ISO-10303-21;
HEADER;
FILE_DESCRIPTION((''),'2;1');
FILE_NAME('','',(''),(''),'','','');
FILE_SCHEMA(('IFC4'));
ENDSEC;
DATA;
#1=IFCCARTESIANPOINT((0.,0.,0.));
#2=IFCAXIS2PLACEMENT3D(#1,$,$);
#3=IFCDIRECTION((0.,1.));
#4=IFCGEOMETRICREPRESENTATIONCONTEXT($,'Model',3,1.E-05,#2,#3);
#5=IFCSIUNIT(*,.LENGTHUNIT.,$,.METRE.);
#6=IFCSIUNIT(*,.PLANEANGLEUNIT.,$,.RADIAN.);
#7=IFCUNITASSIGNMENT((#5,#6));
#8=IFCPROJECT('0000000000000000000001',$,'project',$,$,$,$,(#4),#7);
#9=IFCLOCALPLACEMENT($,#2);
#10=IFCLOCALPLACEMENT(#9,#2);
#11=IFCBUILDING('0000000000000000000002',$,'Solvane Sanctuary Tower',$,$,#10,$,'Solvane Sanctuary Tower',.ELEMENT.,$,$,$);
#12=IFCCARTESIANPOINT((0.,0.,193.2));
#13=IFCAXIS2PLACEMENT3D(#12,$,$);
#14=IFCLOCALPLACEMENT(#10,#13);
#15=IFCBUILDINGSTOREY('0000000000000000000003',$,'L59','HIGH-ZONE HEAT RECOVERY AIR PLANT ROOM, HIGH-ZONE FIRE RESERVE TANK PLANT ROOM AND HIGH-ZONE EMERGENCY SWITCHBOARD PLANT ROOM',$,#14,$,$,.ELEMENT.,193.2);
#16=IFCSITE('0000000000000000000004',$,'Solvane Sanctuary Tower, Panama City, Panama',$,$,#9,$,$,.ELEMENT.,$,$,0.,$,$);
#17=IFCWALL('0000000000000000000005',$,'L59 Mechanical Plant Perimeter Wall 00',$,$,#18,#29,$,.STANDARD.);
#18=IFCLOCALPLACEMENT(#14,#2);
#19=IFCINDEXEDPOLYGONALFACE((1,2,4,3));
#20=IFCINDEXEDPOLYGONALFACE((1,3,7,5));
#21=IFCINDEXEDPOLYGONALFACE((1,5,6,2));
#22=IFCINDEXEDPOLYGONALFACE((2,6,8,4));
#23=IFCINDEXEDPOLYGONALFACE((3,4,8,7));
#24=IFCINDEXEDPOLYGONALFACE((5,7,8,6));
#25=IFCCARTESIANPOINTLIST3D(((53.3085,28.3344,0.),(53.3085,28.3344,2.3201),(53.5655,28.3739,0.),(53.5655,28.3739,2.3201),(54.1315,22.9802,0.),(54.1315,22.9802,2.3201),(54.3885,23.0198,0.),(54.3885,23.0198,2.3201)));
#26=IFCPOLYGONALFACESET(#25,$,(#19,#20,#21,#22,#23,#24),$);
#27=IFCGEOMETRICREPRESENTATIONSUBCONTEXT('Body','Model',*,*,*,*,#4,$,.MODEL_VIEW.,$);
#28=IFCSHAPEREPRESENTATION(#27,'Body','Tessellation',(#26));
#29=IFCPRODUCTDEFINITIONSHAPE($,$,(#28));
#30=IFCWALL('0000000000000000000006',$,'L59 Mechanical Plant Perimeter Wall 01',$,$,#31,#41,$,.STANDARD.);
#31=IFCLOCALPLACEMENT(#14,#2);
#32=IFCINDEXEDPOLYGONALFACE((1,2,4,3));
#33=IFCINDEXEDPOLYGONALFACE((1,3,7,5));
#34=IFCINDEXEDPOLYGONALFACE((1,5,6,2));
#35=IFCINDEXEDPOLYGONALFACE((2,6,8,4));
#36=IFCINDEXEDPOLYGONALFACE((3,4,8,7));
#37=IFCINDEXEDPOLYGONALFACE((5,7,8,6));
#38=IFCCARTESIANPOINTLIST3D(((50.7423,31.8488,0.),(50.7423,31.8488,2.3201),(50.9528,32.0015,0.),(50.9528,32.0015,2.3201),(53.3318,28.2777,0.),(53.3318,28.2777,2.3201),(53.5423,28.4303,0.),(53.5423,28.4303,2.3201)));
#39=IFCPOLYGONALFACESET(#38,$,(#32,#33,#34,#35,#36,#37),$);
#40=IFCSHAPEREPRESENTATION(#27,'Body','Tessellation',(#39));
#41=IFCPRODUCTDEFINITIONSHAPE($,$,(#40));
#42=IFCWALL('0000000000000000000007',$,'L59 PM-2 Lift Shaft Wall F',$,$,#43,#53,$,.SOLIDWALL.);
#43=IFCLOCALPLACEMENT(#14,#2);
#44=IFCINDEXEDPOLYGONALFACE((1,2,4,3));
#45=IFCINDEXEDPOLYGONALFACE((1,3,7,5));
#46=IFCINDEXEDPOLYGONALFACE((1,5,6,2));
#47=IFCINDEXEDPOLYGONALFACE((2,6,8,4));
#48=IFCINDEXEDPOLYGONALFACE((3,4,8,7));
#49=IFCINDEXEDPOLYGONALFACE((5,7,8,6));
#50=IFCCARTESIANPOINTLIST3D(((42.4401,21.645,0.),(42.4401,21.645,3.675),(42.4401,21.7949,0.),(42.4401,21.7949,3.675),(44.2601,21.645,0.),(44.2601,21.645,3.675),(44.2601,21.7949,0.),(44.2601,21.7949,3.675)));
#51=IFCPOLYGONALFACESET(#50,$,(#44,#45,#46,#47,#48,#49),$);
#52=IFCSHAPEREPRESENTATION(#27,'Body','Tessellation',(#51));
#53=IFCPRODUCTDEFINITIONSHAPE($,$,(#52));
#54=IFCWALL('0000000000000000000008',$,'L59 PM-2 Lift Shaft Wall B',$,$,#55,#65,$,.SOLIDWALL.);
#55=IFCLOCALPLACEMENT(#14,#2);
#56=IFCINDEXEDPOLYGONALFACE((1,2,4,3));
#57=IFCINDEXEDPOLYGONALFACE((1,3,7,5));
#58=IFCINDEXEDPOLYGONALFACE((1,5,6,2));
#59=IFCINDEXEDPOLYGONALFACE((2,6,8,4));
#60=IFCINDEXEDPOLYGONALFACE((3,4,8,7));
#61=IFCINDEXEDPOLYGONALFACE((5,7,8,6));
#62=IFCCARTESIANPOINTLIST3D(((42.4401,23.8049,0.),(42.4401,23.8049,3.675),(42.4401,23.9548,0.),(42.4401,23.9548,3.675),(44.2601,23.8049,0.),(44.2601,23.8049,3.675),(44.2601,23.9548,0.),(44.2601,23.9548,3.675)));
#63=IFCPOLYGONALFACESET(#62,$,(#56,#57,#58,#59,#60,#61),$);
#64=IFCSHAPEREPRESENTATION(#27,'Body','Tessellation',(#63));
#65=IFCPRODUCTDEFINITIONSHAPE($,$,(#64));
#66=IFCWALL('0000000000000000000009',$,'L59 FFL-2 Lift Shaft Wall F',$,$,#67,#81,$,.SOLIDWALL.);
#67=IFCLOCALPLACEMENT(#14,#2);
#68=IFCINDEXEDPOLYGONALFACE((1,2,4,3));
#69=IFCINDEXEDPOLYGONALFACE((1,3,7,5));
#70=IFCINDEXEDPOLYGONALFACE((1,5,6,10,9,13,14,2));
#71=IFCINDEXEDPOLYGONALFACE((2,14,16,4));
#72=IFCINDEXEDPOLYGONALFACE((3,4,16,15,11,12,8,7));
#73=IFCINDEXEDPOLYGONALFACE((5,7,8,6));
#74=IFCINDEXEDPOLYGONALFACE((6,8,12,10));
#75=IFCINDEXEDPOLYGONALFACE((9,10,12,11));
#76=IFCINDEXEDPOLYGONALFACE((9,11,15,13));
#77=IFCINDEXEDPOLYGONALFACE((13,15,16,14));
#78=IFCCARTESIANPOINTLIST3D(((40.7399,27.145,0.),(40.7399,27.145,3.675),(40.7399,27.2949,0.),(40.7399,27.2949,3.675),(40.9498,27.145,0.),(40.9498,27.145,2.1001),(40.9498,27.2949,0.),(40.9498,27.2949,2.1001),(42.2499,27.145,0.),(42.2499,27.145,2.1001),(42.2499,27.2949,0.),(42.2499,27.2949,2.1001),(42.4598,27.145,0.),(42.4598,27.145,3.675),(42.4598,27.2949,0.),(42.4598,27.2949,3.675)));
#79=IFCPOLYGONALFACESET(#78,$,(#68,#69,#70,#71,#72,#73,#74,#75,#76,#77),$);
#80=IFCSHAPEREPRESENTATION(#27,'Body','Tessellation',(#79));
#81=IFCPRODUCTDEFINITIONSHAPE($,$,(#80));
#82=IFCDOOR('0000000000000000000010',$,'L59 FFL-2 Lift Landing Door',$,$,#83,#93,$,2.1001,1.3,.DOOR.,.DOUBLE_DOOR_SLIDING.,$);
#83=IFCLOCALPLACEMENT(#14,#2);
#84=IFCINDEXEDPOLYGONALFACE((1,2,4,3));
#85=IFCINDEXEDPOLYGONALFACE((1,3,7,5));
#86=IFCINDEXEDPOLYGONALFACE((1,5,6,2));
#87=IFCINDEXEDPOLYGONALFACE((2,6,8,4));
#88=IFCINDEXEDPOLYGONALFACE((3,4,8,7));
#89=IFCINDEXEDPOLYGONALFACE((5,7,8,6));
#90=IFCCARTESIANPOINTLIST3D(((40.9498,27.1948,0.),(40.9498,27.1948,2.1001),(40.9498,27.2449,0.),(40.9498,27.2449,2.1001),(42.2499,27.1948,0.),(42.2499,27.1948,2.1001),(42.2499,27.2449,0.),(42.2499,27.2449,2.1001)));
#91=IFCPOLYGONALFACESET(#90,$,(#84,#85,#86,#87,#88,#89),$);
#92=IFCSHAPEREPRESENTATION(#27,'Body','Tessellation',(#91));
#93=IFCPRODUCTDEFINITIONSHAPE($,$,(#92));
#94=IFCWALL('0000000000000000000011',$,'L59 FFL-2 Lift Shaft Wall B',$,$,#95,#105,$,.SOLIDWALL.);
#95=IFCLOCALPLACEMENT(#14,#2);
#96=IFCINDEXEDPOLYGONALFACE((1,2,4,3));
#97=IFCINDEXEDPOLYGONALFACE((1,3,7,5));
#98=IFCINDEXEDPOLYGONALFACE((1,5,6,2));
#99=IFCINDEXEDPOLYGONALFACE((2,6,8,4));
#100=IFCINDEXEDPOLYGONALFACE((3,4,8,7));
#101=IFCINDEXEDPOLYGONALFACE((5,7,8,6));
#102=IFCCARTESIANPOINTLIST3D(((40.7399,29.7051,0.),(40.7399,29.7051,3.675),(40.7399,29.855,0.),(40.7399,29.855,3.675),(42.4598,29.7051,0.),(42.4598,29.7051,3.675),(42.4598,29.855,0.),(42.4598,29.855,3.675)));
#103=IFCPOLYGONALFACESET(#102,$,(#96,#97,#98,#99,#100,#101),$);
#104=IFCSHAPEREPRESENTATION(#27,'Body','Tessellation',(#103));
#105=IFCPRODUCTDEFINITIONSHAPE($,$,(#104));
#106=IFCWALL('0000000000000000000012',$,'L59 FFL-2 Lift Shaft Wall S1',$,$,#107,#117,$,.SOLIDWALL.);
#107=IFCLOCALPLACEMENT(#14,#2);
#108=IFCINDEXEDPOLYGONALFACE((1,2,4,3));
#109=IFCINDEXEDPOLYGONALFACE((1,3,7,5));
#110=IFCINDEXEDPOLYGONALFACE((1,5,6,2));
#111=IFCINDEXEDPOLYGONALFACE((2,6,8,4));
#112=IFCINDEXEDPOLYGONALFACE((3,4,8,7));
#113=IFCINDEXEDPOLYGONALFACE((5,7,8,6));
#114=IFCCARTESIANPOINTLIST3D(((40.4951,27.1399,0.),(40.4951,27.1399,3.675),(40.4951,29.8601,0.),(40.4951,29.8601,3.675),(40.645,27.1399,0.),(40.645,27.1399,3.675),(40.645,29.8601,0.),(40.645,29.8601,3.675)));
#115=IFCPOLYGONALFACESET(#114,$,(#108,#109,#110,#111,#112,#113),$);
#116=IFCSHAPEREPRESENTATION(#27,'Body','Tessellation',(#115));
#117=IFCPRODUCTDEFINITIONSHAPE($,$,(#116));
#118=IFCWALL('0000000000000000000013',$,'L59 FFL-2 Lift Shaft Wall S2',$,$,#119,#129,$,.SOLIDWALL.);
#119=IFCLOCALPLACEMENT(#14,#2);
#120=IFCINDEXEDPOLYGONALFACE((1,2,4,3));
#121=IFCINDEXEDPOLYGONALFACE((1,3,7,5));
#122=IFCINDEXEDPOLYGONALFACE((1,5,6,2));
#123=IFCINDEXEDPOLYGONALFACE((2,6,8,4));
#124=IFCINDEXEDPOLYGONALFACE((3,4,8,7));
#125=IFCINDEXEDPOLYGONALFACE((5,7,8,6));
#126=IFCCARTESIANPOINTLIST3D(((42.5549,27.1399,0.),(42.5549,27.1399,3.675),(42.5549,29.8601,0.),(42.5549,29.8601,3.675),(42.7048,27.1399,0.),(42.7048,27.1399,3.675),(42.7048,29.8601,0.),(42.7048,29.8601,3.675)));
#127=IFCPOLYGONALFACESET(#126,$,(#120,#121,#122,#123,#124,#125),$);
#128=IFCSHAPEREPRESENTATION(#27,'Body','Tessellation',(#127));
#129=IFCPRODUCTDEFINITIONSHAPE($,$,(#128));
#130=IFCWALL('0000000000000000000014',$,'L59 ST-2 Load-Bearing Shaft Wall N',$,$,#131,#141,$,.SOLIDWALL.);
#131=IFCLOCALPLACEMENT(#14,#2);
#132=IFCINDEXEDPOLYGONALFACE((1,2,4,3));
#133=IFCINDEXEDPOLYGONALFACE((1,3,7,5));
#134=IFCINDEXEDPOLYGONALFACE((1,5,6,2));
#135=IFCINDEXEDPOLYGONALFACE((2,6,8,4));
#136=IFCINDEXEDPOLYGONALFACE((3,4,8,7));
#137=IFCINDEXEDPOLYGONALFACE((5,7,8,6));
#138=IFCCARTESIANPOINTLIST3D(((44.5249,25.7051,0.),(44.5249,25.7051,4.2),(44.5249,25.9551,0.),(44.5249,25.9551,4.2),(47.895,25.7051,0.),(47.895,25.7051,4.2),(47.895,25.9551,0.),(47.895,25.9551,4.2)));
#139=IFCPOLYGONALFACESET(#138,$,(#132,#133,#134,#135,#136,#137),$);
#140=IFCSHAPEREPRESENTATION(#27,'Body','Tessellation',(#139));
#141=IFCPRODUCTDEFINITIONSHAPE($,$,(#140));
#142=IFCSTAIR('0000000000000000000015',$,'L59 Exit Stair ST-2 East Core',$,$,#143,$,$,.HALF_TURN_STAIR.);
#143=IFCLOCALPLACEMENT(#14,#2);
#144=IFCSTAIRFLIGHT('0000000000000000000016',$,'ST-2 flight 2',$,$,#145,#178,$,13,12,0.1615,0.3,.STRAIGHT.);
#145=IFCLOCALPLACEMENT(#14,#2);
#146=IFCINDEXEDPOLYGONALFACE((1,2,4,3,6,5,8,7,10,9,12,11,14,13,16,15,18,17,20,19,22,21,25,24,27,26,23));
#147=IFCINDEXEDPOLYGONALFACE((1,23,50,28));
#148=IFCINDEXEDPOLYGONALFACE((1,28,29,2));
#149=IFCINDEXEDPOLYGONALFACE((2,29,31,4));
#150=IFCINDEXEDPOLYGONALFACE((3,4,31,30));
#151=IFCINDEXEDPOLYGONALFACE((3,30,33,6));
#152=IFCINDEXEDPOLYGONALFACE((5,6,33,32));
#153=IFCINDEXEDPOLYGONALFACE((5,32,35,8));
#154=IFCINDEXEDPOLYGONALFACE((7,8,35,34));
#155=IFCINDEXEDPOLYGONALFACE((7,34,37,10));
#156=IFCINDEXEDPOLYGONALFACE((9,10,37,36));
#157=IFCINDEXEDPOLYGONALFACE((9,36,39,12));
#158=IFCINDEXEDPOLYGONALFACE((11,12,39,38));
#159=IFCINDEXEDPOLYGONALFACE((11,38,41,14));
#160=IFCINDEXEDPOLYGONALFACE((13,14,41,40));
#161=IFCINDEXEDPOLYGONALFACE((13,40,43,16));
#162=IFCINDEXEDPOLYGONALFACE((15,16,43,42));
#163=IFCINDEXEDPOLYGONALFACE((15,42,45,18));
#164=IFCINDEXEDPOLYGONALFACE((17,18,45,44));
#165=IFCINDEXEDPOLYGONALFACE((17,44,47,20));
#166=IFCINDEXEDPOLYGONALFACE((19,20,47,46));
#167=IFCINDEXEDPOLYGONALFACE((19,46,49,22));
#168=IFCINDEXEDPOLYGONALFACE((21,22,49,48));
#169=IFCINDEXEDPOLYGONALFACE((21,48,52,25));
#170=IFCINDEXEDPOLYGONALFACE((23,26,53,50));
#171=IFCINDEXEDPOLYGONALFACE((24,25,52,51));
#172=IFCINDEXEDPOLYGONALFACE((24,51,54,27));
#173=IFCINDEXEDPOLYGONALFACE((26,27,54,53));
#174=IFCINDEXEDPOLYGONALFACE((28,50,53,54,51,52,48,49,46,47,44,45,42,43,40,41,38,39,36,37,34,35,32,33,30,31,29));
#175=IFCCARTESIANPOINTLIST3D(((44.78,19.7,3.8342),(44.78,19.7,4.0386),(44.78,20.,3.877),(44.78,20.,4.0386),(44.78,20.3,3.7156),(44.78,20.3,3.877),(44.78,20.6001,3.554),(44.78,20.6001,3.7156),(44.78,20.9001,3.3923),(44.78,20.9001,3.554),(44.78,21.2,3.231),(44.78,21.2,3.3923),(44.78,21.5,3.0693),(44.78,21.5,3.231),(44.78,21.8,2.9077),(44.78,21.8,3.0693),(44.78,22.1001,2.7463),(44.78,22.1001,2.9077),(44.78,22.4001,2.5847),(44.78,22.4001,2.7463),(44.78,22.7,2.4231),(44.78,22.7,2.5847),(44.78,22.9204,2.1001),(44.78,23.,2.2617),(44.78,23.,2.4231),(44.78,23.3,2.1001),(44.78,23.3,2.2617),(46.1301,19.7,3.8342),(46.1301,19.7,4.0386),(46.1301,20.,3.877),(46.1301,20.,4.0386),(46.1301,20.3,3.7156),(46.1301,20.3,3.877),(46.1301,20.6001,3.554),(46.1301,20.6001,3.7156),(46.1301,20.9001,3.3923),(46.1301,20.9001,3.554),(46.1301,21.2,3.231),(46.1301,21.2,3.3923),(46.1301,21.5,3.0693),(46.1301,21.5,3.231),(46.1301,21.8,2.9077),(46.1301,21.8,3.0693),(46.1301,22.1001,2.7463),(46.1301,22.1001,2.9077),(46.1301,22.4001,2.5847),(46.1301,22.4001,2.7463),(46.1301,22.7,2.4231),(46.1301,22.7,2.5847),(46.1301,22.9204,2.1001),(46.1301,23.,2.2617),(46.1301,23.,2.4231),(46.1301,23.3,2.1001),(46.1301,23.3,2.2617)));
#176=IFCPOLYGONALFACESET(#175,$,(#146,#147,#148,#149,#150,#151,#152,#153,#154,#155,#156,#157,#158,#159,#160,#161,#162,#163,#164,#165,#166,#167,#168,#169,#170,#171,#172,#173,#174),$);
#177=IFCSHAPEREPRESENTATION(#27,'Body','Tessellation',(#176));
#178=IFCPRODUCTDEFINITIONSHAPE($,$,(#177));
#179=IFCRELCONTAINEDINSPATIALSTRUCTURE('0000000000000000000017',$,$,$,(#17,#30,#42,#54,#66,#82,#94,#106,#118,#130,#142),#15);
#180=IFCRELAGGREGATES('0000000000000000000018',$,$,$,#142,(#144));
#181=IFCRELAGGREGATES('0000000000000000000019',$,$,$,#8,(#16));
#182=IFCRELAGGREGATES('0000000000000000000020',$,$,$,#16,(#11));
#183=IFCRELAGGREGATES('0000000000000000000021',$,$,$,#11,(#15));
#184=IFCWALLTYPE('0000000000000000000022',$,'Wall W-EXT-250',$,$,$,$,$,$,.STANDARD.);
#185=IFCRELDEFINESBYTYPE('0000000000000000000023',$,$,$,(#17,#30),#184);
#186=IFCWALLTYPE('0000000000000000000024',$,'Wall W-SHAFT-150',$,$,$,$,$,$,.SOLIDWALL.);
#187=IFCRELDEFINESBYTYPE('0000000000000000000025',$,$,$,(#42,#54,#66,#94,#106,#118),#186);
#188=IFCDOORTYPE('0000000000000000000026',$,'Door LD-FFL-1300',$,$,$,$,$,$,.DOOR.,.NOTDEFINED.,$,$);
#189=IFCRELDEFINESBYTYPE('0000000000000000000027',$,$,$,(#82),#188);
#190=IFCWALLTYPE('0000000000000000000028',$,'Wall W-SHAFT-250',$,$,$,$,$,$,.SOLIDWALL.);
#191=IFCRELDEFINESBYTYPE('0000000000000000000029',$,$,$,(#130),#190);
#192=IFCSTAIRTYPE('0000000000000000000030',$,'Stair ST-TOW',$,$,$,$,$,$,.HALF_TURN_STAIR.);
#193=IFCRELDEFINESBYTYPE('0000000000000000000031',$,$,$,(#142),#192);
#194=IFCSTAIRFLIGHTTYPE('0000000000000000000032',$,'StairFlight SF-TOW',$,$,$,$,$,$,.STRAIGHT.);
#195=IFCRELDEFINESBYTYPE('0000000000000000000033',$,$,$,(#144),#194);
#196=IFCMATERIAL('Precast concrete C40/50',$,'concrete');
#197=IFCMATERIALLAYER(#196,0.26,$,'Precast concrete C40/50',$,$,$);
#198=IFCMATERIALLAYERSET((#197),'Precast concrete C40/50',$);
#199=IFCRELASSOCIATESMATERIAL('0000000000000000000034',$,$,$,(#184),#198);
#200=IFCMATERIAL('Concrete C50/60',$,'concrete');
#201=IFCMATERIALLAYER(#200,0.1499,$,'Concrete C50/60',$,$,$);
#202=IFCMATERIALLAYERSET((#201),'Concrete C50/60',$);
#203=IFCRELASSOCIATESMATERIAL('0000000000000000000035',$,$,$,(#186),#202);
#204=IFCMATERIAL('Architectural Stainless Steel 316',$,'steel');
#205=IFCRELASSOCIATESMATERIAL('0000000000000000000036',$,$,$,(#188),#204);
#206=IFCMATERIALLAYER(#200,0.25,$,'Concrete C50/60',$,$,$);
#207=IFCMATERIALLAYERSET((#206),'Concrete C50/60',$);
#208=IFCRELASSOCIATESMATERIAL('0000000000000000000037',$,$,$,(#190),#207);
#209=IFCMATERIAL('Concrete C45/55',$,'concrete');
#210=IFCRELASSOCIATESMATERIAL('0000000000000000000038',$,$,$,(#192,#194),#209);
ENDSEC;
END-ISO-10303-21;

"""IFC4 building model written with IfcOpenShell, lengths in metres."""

from ifc_helpers import new_model, si_unit, direction, frame, frame_2d, origin, place, context, subcontext, project, spatial, polyline, rectangle, outline, extrude, material, layer, layer_set, type_object, element, fill, aggregate, save


model = new_model("IFC4")

# Units and contexts
model_context = context("Model", 3, precision=1e-05, world=origin(), true_north=direction((0.0, 1.0)))
body_context = subcontext(model_context, "Body", "Model", "MODEL_VIEW")
ifc_project = project(units=[si_unit("LENGTHUNIT", "METRE"), si_unit("PLANEANGLEUNIT", "RADIAN")], contexts=[model_context])

# Site, building, storey
site_placement = place(None, origin())
site = spatial("IfcSite", under=ifc_project, at=site_placement, Name="Solvane Sanctuary Tower, Panama City, Panama", CompositionType="ELEMENT", RefElevation=0.0)
building_placement = place(site_placement, origin())
building = spatial("IfcBuilding", under=site, at=building_placement, Name="Solvane Sanctuary Tower", LongName="Solvane Sanctuary Tower", CompositionType="ELEMENT")
storey_placement = place(building_placement, frame((0.0, 0.0, 193.2)))
storey = spatial("IfcBuildingStorey", under=building, at=storey_placement, Name="L59", Description="HIGH-ZONE HEAT RECOVERY AIR PLANT ROOM, HIGH-ZONE FIRE RESERVE TANK PLANT ROOM AND HIGH-ZONE EMERGENCY SWITCHBOARD PLANT ROOM", CompositionType="ELEMENT", Elevation=193.2)

# Walls
ifc_material_1 = material(Name="Precast concrete C40/50", Category="concrete")
ifc_layer_1 = layer(ifc_material_1, 0.26, Name="Precast concrete C40/50")
ifc_layer_set_1 = layer_set([ifc_layer_1], Name="Precast concrete C40/50")
wall_type_1 = type_object("IfcWallType", Name="Wall W-EXT-250", PredefinedType="STANDARD", material=ifc_layer_set_1)
wall_1_placement = place(storey_placement, frame((54.26, 23.0, 0.0), z_axis=(0.0, 0.0, 1.0), x_axis=(-0.151932, 0.988391, 0.0)))
element("IfcWall", 1, at=wall_1_placement, inside=storey, type_object=wall_type_1, Name="L59 Mechanical Plant Perimeter Wall 00", PredefinedType="STANDARD", context=body_context, shape_type="SweptSolid", body=[
    extrude(rectangle(XDim=5.417, YDim=0.26, at=frame_2d((2.7085, 0.0))), origin(), (0.0, 0.0, 1.0), 2.3201),
])
wall_2_placement = place(storey_placement, frame((53.437, 28.354, 0.0), z_axis=(0.0, 0.0, 1.0), x_axis=(-0.587019, 0.809573, 0.0)))
element("IfcWall", 2, at=wall_2_placement, inside=storey, type_object=wall_type_1, Name="L59 Mechanical Plant Perimeter Wall 01", PredefinedType="STANDARD", context=body_context, shape_type="SweptSolid", body=[
    extrude(rectangle(XDim=4.4111, YDim=0.26, at=frame_2d((2.2056, 0.0))), origin(), (0.0, 0.0, 1.0), 2.3201),
])
ifc_material_2 = material(Name="Concrete C50/60", Category="concrete")
ifc_layer_2 = layer(ifc_material_2, 0.1499, Name="Concrete C50/60")
ifc_layer_set_2 = layer_set([ifc_layer_2], Name="Concrete C50/60")
wall_type_2 = type_object("IfcWallType", Name="Wall W-SHAFT-150", PredefinedType="SOLIDWALL", material=ifc_layer_set_2)
for number, where, z_axis, x_axis, name in (
    (3, (42.4399, 21.72, 0.0), (0.0, 0.0, 1.0), (1.0, 0.0, 0.0), "L59 PM-2 Lift Shaft Wall F"),
    (4, (42.4399, 23.8799, 0.0), (0.0, 0.0, 1.0), (1.0, 0.0, 0.0), "L59 PM-2 Lift Shaft Wall B"),
):
    element("IfcWall", number, at=place(storey_placement, frame(where, z_axis=z_axis, x_axis=x_axis)), inside=storey, type_object=wall_type_2, Name=name, PredefinedType="SOLIDWALL", context=body_context, shape_type="SweptSolid", body=[
        extrude(rectangle(XDim=1.8201, YDim=0.1499, at=frame_2d((0.9102, 0.0))), origin(), (0.0, 0.0, 1.0), 3.675),
    ])

# Wall, opening, door
wall_3_placement = place(storey_placement, frame((40.74, 27.22, 0.0), z_axis=(0.0, 0.0, 1.0), x_axis=(1.0, 0.0, 0.0)))
wall_3 = element("IfcWall", 5, at=wall_3_placement, inside=storey, type_object=wall_type_2, Name="L59 FFL-2 Lift Shaft Wall F", PredefinedType="SOLIDWALL", context=body_context, shape_type="SweptSolid", body=[
    extrude(rectangle(XDim=1.72, YDim=0.1499, at=frame_2d((0.8599, 0.0))), origin(), (0.0, 0.0, 1.0), 3.675),
])
opening_placement = place(wall_3_placement, frame((0.21, 0.0, 0.0)))
opening = element("IfcOpeningElement", 6, at=opening_placement, cuts=wall_3, PredefinedType="OPENING", context=body_context, shape_type="SweptSolid", body=[
    extrude(rectangle(XDim=1.3, YDim=2.1001, at=frame_2d((0.6499, 1.05))), frame((0.0, 0.085, 0.0), z_axis=(0.0, -1.0, 0.0), x_axis=(1.0, 0.0, 0.0)), (0.0, 0.0, 1.0), 0.1699),
])
ifc_material_3 = material(Name="Architectural Stainless Steel 316", Category="steel")
door_type = type_object("IfcDoorType", Name="Door LD-FFL-1300", OperationType="NOTDEFINED", PredefinedType="DOOR", material=ifc_material_3)
door_placement = place(opening_placement, origin())
door = element("IfcDoor", 7, at=door_placement, inside=storey, type_object=door_type, Name="L59 FFL-2 Lift Landing Door", OperationType="DOUBLE_DOOR_SLIDING", OverallHeight=2.1001, OverallWidth=1.3, PredefinedType="DOOR", context=body_context, shape_type="SweptSolid", body=[
    extrude(rectangle(XDim=1.3, YDim=2.1001, at=frame_2d((0.6499, 1.05))), frame((0.0, 0.0249, 0.0), z_axis=(0.0, -1.0, 0.0), x_axis=(1.0, 0.0, 0.0)), (0.0, 0.0, 1.0), 0.05),
])
fill(opening, door)

# Walls
wall_4_placement = place(storey_placement, frame((40.74, 29.78, 0.0), z_axis=(0.0, 0.0, 1.0), x_axis=(1.0, 0.0, 0.0)))
element("IfcWall", 8, at=wall_4_placement, inside=storey, type_object=wall_type_2, Name="L59 FFL-2 Lift Shaft Wall B", PredefinedType="SOLIDWALL", context=body_context, shape_type="SweptSolid", body=[
    extrude(rectangle(XDim=1.72, YDim=0.1499, at=frame_2d((0.8599, 0.0))), origin(), (0.0, 0.0, 1.0), 3.675),
])
for number, where, z_axis, x_axis, name in (
    (9, (40.5701, 27.1399, 0.0), (0.0, 0.0, 1.0), (0.0, 1.0, 0.0), "L59 FFL-2 Lift Shaft Wall S1"),
    (10, (42.6299, 27.1399, 0.0), (0.0, 0.0, 1.0), (0.0, 1.0, 0.0), "L59 FFL-2 Lift Shaft Wall S2"),
):
    element("IfcWall", number, at=place(storey_placement, frame(where, z_axis=z_axis, x_axis=x_axis)), inside=storey, type_object=wall_type_2, Name=name, PredefinedType="SOLIDWALL", context=body_context, shape_type="SweptSolid", body=[
        extrude(rectangle(XDim=2.7202, YDim=0.1499, at=frame_2d((1.3601, 0.0))), origin(), (0.0, 0.0, 1.0), 3.675),
    ])
ifc_layer_3 = layer(ifc_material_2, 0.25, Name="Concrete C50/60")
ifc_layer_set_3 = layer_set([ifc_layer_3], Name="Concrete C50/60")
wall_type_3 = type_object("IfcWallType", Name="Wall W-SHAFT-250", PredefinedType="SOLIDWALL", material=ifc_layer_set_3)
wall_5_placement = place(storey_placement, frame((44.5249, 25.8301, 0.0), z_axis=(0.0, 0.0, 1.0), x_axis=(1.0, 0.0, 0.0)))
element("IfcWall", 11, at=wall_5_placement, inside=storey, type_object=wall_type_3, Name="L59 ST-2 Load-Bearing Shaft Wall N", PredefinedType="SOLIDWALL", context=body_context, shape_type="SweptSolid", body=[
    extrude(rectangle(XDim=3.3701, YDim=0.25, at=frame_2d((1.6851, 0.0))), origin(), (0.0, 0.0, 1.0), 4.2),
])

# Stair, stair flight
ifc_material_4 = material(Name="Concrete C45/55", Category="concrete")
stair_type = type_object("IfcStairType", Name="Stair ST-TOW", PredefinedType="HALF_TURN_STAIR", material=ifc_material_4)
stair_placement = place(storey_placement, origin())
stair = element("IfcStair", 12, at=stair_placement, inside=storey, type_object=stair_type, Name="L59 Exit Stair ST-2 East Core", PredefinedType="HALF_TURN_STAIR")
stair_flight_type = type_object("IfcStairFlightType", Name="StairFlight SF-TOW", PredefinedType="STRAIGHT", material=ifc_material_4)
stair_flight_placement = place(storey_placement, frame((45.4551, 23.3, 2.1001), z_axis=(0.0, 0.0, 1.0), x_axis=(0.0, -1.0, 0.0)))
stair_flight = element("IfcStairFlight", 13, at=stair_flight_placement, type_object=stair_flight_type, Name="ST-2 flight 2", NumberOfRisers=13, NumberOfTreads=12, PredefinedType="STRAIGHT", RiserHeight=0.1615, TreadLength=0.3, context=body_context, shape_type="SweptSolid", body=[
    extrude(outline(polyline([(0.0, 0.0), (0.0, 0.1616), (0.3, 0.1616), (0.3, 0.323), (0.6001, 0.323), (0.6001, 0.4846), (0.8999, 0.4846), (0.8999, 0.6462), (1.2, 0.6462), (1.2, 0.8076), (1.5, 0.8076), (1.5, 0.9692), (1.8, 0.9692), (1.8, 1.1309), (2.1001, 1.1309), (2.1001, 1.2922), (2.3999, 1.2922), (2.3999, 1.4539), (2.7, 1.4539), (2.7, 1.6155), (3.0, 1.6155), (3.0, 1.7769), (3.3, 1.7769), (3.3, 1.9385), (3.6001, 1.9385), (3.6001, 2.1001), (3.6001, 1.7341), (0.3796, 0.0), (0.0, 0.0)])), frame((0.0, 0.675, 0.0), z_axis=(0.0, -1.0, 0.0), x_axis=(1.0, 0.0, 0.0)), (0.0, 0.0, 1.0), 1.3501),
])
aggregate(stair, [stair_flight])

save(model, "model.ifc")
